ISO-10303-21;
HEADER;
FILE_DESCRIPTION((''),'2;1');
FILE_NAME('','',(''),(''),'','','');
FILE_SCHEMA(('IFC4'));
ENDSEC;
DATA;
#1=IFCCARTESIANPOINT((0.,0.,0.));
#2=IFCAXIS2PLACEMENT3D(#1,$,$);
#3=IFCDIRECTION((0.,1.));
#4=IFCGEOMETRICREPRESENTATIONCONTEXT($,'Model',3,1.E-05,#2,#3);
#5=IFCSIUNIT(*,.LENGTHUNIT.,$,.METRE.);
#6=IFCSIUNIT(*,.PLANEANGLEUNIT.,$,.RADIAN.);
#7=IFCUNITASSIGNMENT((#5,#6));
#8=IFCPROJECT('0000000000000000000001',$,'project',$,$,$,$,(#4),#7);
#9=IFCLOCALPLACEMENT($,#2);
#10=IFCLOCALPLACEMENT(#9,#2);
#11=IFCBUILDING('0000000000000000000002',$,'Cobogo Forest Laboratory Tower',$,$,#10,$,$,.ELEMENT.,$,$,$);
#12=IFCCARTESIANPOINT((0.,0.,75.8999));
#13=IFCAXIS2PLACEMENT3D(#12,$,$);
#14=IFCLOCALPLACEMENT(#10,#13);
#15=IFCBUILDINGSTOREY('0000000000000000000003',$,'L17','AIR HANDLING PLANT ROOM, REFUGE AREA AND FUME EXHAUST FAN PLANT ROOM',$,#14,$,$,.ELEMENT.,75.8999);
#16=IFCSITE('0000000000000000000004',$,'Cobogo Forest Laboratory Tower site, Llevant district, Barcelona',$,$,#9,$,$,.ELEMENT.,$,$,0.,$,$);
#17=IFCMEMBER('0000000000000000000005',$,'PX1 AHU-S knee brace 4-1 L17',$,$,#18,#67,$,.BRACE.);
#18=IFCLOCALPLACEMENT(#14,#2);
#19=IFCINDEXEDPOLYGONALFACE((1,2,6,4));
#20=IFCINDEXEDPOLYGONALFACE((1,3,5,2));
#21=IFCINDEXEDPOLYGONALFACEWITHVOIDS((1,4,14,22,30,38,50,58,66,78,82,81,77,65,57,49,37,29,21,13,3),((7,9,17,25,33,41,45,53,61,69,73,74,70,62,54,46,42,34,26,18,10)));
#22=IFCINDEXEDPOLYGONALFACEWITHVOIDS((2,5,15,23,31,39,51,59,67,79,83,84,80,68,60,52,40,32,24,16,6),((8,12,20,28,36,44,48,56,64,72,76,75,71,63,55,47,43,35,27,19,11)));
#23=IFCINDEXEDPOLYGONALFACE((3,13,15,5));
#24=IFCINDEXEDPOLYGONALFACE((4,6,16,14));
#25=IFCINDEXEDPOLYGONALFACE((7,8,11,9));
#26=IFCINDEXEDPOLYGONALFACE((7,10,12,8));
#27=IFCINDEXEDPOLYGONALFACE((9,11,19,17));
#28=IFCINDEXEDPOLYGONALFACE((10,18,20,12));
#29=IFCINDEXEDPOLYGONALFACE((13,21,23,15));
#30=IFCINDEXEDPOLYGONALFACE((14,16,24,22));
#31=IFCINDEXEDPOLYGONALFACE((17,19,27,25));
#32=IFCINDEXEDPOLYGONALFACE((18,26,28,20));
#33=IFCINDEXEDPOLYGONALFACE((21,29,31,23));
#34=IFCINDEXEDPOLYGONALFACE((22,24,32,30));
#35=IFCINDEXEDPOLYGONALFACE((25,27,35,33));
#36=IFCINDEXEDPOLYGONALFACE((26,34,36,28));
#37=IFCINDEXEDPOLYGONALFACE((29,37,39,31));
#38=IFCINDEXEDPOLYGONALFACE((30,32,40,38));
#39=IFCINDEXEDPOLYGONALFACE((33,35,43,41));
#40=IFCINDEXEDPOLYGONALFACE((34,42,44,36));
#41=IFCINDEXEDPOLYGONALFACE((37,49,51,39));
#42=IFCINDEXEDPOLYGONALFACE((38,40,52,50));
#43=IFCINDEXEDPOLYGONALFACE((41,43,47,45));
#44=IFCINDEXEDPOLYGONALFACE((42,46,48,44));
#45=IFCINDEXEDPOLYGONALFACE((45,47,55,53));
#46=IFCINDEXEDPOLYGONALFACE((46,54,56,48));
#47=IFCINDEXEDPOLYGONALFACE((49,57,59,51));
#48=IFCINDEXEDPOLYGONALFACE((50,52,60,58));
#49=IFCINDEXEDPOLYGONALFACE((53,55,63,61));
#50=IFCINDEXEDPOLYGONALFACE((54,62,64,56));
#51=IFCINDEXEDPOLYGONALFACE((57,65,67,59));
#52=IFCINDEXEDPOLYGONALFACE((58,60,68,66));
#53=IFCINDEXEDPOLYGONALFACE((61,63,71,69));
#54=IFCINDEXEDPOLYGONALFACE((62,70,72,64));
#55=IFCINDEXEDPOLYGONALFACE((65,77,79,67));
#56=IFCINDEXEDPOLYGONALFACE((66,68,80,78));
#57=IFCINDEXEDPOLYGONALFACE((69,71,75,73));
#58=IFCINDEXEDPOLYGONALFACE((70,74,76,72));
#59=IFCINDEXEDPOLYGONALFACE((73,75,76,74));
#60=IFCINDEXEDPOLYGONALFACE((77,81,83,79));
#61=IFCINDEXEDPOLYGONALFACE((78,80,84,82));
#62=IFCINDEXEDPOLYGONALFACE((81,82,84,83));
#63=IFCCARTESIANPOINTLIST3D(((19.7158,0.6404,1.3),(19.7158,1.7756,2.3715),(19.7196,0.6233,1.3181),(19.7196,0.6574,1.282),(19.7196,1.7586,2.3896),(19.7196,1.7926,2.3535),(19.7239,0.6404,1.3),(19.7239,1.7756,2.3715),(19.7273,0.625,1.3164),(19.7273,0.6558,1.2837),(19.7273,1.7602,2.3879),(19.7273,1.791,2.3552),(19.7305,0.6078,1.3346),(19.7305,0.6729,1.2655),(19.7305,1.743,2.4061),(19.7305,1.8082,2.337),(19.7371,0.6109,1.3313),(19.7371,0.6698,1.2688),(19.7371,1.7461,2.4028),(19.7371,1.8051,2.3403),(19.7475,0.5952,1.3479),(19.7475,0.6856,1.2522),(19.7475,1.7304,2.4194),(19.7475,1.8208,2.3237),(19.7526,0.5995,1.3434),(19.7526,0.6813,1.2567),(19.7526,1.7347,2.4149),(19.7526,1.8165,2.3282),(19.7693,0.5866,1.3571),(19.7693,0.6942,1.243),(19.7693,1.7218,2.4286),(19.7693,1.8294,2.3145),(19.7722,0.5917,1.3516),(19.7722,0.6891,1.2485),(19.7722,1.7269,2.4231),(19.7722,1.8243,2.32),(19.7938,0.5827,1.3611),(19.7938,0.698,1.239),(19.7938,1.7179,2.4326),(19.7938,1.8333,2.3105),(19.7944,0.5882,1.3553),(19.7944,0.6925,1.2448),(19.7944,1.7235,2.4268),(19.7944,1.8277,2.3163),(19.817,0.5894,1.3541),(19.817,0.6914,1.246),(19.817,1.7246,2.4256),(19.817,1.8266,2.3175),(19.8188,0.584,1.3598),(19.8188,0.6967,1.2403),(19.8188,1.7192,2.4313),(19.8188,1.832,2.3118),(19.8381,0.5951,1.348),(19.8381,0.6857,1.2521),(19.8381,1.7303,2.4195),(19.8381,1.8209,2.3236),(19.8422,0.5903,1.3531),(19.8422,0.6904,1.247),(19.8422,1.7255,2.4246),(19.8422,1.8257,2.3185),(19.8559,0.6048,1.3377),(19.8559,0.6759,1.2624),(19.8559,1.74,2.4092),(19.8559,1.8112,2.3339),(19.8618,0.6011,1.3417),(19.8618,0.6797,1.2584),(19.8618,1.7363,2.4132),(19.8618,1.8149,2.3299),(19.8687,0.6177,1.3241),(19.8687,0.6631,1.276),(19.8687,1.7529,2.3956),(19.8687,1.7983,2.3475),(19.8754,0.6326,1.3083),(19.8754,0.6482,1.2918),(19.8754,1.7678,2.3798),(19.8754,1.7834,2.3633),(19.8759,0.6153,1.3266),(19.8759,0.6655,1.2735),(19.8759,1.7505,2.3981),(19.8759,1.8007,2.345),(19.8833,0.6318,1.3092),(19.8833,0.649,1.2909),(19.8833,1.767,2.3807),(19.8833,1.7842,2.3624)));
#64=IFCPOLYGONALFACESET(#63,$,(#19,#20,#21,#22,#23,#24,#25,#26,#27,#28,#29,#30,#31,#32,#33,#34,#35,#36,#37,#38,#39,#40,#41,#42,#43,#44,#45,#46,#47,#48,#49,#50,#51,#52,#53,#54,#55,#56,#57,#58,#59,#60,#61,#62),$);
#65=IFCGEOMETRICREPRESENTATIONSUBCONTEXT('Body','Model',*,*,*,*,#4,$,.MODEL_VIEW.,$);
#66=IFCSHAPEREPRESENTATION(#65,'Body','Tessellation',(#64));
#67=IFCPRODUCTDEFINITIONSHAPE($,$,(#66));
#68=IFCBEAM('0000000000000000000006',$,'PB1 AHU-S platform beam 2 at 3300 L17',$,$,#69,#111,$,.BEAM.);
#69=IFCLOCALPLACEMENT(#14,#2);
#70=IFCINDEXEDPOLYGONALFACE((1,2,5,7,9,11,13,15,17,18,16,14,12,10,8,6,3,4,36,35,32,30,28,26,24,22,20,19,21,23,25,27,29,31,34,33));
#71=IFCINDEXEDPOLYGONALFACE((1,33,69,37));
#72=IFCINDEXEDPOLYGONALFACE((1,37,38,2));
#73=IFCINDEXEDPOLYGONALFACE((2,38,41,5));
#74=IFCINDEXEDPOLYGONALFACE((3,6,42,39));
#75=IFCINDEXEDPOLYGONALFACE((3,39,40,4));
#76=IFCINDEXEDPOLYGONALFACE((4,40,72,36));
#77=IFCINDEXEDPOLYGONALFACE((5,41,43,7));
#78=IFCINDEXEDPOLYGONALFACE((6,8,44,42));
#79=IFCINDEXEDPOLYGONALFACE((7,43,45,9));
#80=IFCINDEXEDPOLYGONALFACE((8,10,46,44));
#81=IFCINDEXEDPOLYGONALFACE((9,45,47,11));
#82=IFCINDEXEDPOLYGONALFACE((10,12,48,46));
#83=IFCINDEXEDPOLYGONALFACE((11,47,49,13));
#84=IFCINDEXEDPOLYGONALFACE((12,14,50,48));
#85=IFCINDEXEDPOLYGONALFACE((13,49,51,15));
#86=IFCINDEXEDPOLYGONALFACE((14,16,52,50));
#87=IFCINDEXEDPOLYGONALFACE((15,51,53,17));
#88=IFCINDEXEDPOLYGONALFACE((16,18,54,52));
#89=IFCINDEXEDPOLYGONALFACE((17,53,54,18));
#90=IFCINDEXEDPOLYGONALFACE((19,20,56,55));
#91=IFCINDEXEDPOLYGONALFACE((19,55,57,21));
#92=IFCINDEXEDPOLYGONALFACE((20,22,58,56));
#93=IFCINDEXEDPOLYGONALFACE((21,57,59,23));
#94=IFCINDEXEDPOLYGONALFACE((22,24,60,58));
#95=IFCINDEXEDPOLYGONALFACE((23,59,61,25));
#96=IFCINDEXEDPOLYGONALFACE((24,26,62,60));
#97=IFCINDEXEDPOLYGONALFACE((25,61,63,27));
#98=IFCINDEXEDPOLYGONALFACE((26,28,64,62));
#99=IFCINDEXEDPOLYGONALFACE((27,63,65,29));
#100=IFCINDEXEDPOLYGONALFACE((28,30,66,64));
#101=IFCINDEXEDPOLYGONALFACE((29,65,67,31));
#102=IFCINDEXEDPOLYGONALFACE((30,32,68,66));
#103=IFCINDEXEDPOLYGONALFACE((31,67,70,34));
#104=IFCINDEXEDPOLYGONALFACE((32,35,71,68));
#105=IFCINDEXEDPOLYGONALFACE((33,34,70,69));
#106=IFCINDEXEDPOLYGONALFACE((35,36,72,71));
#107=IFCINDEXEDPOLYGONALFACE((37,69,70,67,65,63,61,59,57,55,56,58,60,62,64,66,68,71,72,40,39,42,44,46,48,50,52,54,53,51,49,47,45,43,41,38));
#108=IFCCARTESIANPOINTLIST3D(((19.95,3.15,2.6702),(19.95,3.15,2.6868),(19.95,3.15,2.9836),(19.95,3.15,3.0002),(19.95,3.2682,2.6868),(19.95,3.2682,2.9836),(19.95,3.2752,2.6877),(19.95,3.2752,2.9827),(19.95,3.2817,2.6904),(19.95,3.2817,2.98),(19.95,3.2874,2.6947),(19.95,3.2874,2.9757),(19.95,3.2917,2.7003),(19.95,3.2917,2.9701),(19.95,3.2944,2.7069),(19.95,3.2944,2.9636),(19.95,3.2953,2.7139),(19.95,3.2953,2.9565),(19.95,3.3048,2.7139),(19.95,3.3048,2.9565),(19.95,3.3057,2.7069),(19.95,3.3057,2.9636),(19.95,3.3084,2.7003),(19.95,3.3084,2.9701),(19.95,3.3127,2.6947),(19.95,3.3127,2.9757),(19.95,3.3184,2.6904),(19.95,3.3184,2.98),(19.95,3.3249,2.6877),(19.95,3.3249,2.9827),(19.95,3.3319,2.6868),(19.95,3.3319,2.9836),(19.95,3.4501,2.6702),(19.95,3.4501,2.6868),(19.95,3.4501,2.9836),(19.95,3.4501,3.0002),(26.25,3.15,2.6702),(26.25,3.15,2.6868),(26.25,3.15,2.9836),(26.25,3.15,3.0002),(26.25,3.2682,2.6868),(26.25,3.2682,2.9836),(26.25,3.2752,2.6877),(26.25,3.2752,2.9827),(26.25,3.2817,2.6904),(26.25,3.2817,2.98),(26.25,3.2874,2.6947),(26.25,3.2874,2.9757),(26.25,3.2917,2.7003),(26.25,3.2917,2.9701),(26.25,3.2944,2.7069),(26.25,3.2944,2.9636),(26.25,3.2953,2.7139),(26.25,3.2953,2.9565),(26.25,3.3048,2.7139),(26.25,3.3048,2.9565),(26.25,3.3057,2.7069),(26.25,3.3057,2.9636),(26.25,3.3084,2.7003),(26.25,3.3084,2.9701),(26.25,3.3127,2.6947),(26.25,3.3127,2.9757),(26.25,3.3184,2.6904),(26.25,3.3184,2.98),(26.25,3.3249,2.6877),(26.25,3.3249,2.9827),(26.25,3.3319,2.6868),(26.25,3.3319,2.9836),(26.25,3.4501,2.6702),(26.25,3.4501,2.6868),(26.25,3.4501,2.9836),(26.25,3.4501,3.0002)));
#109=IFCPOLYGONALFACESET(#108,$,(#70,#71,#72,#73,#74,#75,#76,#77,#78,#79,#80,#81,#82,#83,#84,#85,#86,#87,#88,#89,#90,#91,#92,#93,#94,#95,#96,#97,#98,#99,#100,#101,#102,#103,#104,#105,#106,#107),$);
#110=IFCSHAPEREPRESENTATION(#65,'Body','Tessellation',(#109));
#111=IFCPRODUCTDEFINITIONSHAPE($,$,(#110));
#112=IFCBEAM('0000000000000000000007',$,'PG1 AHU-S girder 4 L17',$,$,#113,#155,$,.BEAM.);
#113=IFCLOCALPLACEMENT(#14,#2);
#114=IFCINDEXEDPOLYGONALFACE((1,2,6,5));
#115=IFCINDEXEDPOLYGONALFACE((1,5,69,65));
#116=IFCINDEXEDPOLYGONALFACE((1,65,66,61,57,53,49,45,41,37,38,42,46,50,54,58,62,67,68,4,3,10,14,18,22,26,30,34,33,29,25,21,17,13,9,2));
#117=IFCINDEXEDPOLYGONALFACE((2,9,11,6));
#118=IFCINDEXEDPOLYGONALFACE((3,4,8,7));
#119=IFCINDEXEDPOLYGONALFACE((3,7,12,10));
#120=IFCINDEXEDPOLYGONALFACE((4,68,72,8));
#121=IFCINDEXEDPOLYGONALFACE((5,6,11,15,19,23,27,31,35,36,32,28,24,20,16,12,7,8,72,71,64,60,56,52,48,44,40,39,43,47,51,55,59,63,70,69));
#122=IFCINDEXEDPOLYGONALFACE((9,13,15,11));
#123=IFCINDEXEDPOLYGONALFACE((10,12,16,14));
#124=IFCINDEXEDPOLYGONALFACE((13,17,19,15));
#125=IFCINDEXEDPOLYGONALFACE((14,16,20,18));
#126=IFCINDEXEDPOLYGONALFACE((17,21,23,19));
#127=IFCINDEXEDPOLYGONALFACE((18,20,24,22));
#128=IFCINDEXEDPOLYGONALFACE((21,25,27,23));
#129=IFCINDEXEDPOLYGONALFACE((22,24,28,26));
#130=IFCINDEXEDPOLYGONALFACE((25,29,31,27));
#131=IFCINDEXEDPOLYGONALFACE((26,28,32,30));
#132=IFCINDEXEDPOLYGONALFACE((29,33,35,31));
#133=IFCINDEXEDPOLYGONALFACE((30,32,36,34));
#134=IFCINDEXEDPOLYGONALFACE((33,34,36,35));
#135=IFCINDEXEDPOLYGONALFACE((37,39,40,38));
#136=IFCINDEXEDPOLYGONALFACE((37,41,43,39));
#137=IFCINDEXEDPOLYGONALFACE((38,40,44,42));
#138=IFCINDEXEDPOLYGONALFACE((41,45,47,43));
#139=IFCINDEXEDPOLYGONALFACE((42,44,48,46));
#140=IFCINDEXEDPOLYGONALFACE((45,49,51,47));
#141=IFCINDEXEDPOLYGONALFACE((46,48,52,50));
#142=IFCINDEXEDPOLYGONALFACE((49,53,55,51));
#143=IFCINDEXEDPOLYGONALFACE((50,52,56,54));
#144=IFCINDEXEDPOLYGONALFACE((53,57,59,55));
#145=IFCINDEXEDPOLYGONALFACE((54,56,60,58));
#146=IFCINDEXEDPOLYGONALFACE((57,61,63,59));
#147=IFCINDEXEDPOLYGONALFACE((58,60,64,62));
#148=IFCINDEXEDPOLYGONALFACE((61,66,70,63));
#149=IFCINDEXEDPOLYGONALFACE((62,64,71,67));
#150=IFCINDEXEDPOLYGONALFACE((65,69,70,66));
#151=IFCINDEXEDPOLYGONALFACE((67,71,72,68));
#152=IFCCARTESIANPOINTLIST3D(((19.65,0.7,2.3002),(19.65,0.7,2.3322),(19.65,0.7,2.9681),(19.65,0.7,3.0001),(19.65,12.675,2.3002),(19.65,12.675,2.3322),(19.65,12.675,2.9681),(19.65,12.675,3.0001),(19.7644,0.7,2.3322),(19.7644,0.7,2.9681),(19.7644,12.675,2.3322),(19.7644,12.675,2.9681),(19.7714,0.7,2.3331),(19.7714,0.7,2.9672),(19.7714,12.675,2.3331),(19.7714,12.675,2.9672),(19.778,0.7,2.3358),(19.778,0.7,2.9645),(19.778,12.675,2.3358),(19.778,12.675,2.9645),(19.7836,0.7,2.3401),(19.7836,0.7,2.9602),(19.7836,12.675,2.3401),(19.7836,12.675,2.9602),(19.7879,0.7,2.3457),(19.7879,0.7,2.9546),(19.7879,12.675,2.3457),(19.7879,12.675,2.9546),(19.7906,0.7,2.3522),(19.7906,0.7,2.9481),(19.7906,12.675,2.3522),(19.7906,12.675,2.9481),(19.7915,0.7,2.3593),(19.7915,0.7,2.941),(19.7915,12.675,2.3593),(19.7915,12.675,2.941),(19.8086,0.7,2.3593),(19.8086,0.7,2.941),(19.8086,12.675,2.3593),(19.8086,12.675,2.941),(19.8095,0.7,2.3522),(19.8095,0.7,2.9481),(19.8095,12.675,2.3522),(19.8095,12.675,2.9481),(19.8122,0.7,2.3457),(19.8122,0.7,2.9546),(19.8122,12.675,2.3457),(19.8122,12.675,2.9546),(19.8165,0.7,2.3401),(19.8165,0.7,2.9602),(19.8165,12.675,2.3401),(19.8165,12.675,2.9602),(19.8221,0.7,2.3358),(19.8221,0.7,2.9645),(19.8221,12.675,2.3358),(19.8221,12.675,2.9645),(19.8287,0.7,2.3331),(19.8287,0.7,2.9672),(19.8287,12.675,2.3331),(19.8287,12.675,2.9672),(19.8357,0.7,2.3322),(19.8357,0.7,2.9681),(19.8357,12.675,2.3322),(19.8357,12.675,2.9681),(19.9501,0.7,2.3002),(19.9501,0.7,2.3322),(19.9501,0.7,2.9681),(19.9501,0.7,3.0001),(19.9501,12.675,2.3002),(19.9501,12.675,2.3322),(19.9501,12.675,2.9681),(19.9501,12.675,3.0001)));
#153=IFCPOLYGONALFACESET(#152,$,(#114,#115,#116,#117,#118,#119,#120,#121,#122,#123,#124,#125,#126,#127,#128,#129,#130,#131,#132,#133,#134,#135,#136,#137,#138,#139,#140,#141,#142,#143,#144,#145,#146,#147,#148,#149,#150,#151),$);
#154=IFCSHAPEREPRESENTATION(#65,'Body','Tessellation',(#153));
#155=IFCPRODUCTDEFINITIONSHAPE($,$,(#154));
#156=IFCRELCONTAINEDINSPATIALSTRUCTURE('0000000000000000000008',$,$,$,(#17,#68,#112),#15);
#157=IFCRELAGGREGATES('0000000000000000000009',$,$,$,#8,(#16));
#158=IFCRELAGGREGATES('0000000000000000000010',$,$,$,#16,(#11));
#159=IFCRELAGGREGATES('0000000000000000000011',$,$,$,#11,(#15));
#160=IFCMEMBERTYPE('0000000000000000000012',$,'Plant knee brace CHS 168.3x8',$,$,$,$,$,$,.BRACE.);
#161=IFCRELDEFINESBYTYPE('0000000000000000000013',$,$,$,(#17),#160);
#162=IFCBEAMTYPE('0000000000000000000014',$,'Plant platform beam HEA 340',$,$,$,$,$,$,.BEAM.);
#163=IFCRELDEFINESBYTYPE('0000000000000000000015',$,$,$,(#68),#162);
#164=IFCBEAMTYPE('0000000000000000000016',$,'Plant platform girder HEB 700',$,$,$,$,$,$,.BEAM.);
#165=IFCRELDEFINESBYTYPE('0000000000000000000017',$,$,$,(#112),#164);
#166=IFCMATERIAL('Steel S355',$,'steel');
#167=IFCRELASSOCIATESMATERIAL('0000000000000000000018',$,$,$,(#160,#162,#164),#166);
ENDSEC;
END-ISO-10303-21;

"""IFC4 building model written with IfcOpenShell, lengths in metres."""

from ifc_helpers import new_model, si_unit, direction, frame, origin, origin_2d, place, context, subcontext, project, spatial, hollow_circle, i_section, extrude, material, material_profile, profile_set, type_object, element, save


model = new_model("IFC4")

# Units and contexts
model_context = context("Model", 3, precision=1e-05, world=origin(), true_north=direction((0.0, 1.0)))
body_context = subcontext(model_context, "Body", "Model", "MODEL_VIEW")
ifc_project = project(units=[si_unit("LENGTHUNIT", "METRE"), si_unit("PLANEANGLEUNIT", "RADIAN")], contexts=[model_context])

# Site, building, storey
site_placement = place(None, origin())
site = spatial("IfcSite", under=ifc_project, at=site_placement, Name="Cobogo Forest Laboratory Tower site, Llevant district, Barcelona", CompositionType="ELEMENT", RefElevation=0.0)
building_placement = place(site_placement, origin())
building = spatial("IfcBuilding", under=site, at=building_placement, Name="Cobogo Forest Laboratory Tower", CompositionType="ELEMENT")
storey_placement = place(building_placement, frame((0.0, 0.0, 75.8999)))
storey = spatial("IfcBuildingStorey", under=building, at=storey_placement, Name="L17", Description="AIR HANDLING PLANT ROOM, REFUGE AREA AND FUME EXHAUST FAN PLANT ROOM", CompositionType="ELEMENT", Elevation=75.8999)

# Member
ifc_material_1 = material(Name="Steel S355", Category="steel")
ifc_material_profile_1 = material_profile(ifc_material_1, hollow_circle(Radius=0.0842, WallThickness=0.0081, at=origin_2d()), Name="CHS 168.3x8")
ifc_profile_set_1 = profile_set([ifc_material_profile_1], Name="Steel S355")
member_type_1 = type_object("IfcMemberType", Name="Plant knee brace CHS 168.3x8", PredefinedType="BRACE", material=ifc_profile_set_1)
member_1_placement = place(storey_placement, frame((19.8, 0.6404, 1.3), z_axis=(0.0, 0.727221, 0.686403), x_axis=(-1.0, 0.0, 0.0)))
element("IfcMember", 1, at=member_1_placement, inside=storey, type_object=member_type_1, Name="PX1 AHU-S knee brace 4-1 L17", PredefinedType="BRACE", context=body_context, shape_type="SweptSolid", body=[
    extrude(hollow_circle(Radius=0.0842, WallThickness=0.0081, at=origin_2d()), origin(), (0.0, 0.0, 1.0), 1.561),
])

# Beams
ifc_material_profile_2 = material_profile(ifc_material_1, i_section(OverallWidth=0.3, OverallDepth=0.3301, WebThickness=0.0095, FlangeThickness=0.0166, FilletRadius=0.0271, at=origin_2d()), Name="HEA 340")
ifc_profile_set_2 = profile_set([ifc_material_profile_2], Name="Steel S355")
beam_type_1 = type_object("IfcBeamType", Name="Plant platform beam HEA 340", PredefinedType="BEAM", material=ifc_profile_set_2)
beam_1_placement = place(storey_placement, frame((19.95, 3.3, 2.8352), z_axis=(1.0, 0.0, 0.0), x_axis=(0.0, 1.0, 0.0)))
element("IfcBeam", 2, at=beam_1_placement, inside=storey, type_object=beam_type_1, Name="PB1 AHU-S platform beam 2 at 3300 L17", PredefinedType="BEAM", context=body_context, shape_type="SweptSolid", body=[
    extrude(i_section(OverallWidth=0.3, OverallDepth=0.3301, WebThickness=0.0095, FlangeThickness=0.0166, FilletRadius=0.0271, at=origin_2d()), origin(), (0.0, 0.0, 1.0), 6.3),
])
ifc_material_profile_3 = material_profile(ifc_material_1, i_section(OverallWidth=0.3, OverallDepth=0.7, WebThickness=0.0171, FlangeThickness=0.032, FilletRadius=0.0271, at=origin_2d()), Name="HEB 700")
ifc_profile_set_3 = profile_set([ifc_material_profile_3], Name="Steel S355")
beam_type_2 = type_object("IfcBeamType", Name="Plant platform girder HEB 700", PredefinedType="BEAM", material=ifc_profile_set_3)
beam_2_placement = place(storey_placement, frame((19.8, 0.7, 2.6501), z_axis=(0.0, 1.0, 0.0), x_axis=(-1.0, 0.0, 0.0)))
element("IfcBeam", 3, at=beam_2_placement, inside=storey, type_object=beam_type_2, Name="PG1 AHU-S girder 4 L17", PredefinedType="BEAM", context=body_context, shape_type="SweptSolid", body=[
    extrude(i_section(OverallWidth=0.3, OverallDepth=0.7, WebThickness=0.0171, FlangeThickness=0.032, FilletRadius=0.0271, at=origin_2d()), origin(), (0.0, 0.0, 1.0), 11.9751),
])

save(model, "model.ifc")
